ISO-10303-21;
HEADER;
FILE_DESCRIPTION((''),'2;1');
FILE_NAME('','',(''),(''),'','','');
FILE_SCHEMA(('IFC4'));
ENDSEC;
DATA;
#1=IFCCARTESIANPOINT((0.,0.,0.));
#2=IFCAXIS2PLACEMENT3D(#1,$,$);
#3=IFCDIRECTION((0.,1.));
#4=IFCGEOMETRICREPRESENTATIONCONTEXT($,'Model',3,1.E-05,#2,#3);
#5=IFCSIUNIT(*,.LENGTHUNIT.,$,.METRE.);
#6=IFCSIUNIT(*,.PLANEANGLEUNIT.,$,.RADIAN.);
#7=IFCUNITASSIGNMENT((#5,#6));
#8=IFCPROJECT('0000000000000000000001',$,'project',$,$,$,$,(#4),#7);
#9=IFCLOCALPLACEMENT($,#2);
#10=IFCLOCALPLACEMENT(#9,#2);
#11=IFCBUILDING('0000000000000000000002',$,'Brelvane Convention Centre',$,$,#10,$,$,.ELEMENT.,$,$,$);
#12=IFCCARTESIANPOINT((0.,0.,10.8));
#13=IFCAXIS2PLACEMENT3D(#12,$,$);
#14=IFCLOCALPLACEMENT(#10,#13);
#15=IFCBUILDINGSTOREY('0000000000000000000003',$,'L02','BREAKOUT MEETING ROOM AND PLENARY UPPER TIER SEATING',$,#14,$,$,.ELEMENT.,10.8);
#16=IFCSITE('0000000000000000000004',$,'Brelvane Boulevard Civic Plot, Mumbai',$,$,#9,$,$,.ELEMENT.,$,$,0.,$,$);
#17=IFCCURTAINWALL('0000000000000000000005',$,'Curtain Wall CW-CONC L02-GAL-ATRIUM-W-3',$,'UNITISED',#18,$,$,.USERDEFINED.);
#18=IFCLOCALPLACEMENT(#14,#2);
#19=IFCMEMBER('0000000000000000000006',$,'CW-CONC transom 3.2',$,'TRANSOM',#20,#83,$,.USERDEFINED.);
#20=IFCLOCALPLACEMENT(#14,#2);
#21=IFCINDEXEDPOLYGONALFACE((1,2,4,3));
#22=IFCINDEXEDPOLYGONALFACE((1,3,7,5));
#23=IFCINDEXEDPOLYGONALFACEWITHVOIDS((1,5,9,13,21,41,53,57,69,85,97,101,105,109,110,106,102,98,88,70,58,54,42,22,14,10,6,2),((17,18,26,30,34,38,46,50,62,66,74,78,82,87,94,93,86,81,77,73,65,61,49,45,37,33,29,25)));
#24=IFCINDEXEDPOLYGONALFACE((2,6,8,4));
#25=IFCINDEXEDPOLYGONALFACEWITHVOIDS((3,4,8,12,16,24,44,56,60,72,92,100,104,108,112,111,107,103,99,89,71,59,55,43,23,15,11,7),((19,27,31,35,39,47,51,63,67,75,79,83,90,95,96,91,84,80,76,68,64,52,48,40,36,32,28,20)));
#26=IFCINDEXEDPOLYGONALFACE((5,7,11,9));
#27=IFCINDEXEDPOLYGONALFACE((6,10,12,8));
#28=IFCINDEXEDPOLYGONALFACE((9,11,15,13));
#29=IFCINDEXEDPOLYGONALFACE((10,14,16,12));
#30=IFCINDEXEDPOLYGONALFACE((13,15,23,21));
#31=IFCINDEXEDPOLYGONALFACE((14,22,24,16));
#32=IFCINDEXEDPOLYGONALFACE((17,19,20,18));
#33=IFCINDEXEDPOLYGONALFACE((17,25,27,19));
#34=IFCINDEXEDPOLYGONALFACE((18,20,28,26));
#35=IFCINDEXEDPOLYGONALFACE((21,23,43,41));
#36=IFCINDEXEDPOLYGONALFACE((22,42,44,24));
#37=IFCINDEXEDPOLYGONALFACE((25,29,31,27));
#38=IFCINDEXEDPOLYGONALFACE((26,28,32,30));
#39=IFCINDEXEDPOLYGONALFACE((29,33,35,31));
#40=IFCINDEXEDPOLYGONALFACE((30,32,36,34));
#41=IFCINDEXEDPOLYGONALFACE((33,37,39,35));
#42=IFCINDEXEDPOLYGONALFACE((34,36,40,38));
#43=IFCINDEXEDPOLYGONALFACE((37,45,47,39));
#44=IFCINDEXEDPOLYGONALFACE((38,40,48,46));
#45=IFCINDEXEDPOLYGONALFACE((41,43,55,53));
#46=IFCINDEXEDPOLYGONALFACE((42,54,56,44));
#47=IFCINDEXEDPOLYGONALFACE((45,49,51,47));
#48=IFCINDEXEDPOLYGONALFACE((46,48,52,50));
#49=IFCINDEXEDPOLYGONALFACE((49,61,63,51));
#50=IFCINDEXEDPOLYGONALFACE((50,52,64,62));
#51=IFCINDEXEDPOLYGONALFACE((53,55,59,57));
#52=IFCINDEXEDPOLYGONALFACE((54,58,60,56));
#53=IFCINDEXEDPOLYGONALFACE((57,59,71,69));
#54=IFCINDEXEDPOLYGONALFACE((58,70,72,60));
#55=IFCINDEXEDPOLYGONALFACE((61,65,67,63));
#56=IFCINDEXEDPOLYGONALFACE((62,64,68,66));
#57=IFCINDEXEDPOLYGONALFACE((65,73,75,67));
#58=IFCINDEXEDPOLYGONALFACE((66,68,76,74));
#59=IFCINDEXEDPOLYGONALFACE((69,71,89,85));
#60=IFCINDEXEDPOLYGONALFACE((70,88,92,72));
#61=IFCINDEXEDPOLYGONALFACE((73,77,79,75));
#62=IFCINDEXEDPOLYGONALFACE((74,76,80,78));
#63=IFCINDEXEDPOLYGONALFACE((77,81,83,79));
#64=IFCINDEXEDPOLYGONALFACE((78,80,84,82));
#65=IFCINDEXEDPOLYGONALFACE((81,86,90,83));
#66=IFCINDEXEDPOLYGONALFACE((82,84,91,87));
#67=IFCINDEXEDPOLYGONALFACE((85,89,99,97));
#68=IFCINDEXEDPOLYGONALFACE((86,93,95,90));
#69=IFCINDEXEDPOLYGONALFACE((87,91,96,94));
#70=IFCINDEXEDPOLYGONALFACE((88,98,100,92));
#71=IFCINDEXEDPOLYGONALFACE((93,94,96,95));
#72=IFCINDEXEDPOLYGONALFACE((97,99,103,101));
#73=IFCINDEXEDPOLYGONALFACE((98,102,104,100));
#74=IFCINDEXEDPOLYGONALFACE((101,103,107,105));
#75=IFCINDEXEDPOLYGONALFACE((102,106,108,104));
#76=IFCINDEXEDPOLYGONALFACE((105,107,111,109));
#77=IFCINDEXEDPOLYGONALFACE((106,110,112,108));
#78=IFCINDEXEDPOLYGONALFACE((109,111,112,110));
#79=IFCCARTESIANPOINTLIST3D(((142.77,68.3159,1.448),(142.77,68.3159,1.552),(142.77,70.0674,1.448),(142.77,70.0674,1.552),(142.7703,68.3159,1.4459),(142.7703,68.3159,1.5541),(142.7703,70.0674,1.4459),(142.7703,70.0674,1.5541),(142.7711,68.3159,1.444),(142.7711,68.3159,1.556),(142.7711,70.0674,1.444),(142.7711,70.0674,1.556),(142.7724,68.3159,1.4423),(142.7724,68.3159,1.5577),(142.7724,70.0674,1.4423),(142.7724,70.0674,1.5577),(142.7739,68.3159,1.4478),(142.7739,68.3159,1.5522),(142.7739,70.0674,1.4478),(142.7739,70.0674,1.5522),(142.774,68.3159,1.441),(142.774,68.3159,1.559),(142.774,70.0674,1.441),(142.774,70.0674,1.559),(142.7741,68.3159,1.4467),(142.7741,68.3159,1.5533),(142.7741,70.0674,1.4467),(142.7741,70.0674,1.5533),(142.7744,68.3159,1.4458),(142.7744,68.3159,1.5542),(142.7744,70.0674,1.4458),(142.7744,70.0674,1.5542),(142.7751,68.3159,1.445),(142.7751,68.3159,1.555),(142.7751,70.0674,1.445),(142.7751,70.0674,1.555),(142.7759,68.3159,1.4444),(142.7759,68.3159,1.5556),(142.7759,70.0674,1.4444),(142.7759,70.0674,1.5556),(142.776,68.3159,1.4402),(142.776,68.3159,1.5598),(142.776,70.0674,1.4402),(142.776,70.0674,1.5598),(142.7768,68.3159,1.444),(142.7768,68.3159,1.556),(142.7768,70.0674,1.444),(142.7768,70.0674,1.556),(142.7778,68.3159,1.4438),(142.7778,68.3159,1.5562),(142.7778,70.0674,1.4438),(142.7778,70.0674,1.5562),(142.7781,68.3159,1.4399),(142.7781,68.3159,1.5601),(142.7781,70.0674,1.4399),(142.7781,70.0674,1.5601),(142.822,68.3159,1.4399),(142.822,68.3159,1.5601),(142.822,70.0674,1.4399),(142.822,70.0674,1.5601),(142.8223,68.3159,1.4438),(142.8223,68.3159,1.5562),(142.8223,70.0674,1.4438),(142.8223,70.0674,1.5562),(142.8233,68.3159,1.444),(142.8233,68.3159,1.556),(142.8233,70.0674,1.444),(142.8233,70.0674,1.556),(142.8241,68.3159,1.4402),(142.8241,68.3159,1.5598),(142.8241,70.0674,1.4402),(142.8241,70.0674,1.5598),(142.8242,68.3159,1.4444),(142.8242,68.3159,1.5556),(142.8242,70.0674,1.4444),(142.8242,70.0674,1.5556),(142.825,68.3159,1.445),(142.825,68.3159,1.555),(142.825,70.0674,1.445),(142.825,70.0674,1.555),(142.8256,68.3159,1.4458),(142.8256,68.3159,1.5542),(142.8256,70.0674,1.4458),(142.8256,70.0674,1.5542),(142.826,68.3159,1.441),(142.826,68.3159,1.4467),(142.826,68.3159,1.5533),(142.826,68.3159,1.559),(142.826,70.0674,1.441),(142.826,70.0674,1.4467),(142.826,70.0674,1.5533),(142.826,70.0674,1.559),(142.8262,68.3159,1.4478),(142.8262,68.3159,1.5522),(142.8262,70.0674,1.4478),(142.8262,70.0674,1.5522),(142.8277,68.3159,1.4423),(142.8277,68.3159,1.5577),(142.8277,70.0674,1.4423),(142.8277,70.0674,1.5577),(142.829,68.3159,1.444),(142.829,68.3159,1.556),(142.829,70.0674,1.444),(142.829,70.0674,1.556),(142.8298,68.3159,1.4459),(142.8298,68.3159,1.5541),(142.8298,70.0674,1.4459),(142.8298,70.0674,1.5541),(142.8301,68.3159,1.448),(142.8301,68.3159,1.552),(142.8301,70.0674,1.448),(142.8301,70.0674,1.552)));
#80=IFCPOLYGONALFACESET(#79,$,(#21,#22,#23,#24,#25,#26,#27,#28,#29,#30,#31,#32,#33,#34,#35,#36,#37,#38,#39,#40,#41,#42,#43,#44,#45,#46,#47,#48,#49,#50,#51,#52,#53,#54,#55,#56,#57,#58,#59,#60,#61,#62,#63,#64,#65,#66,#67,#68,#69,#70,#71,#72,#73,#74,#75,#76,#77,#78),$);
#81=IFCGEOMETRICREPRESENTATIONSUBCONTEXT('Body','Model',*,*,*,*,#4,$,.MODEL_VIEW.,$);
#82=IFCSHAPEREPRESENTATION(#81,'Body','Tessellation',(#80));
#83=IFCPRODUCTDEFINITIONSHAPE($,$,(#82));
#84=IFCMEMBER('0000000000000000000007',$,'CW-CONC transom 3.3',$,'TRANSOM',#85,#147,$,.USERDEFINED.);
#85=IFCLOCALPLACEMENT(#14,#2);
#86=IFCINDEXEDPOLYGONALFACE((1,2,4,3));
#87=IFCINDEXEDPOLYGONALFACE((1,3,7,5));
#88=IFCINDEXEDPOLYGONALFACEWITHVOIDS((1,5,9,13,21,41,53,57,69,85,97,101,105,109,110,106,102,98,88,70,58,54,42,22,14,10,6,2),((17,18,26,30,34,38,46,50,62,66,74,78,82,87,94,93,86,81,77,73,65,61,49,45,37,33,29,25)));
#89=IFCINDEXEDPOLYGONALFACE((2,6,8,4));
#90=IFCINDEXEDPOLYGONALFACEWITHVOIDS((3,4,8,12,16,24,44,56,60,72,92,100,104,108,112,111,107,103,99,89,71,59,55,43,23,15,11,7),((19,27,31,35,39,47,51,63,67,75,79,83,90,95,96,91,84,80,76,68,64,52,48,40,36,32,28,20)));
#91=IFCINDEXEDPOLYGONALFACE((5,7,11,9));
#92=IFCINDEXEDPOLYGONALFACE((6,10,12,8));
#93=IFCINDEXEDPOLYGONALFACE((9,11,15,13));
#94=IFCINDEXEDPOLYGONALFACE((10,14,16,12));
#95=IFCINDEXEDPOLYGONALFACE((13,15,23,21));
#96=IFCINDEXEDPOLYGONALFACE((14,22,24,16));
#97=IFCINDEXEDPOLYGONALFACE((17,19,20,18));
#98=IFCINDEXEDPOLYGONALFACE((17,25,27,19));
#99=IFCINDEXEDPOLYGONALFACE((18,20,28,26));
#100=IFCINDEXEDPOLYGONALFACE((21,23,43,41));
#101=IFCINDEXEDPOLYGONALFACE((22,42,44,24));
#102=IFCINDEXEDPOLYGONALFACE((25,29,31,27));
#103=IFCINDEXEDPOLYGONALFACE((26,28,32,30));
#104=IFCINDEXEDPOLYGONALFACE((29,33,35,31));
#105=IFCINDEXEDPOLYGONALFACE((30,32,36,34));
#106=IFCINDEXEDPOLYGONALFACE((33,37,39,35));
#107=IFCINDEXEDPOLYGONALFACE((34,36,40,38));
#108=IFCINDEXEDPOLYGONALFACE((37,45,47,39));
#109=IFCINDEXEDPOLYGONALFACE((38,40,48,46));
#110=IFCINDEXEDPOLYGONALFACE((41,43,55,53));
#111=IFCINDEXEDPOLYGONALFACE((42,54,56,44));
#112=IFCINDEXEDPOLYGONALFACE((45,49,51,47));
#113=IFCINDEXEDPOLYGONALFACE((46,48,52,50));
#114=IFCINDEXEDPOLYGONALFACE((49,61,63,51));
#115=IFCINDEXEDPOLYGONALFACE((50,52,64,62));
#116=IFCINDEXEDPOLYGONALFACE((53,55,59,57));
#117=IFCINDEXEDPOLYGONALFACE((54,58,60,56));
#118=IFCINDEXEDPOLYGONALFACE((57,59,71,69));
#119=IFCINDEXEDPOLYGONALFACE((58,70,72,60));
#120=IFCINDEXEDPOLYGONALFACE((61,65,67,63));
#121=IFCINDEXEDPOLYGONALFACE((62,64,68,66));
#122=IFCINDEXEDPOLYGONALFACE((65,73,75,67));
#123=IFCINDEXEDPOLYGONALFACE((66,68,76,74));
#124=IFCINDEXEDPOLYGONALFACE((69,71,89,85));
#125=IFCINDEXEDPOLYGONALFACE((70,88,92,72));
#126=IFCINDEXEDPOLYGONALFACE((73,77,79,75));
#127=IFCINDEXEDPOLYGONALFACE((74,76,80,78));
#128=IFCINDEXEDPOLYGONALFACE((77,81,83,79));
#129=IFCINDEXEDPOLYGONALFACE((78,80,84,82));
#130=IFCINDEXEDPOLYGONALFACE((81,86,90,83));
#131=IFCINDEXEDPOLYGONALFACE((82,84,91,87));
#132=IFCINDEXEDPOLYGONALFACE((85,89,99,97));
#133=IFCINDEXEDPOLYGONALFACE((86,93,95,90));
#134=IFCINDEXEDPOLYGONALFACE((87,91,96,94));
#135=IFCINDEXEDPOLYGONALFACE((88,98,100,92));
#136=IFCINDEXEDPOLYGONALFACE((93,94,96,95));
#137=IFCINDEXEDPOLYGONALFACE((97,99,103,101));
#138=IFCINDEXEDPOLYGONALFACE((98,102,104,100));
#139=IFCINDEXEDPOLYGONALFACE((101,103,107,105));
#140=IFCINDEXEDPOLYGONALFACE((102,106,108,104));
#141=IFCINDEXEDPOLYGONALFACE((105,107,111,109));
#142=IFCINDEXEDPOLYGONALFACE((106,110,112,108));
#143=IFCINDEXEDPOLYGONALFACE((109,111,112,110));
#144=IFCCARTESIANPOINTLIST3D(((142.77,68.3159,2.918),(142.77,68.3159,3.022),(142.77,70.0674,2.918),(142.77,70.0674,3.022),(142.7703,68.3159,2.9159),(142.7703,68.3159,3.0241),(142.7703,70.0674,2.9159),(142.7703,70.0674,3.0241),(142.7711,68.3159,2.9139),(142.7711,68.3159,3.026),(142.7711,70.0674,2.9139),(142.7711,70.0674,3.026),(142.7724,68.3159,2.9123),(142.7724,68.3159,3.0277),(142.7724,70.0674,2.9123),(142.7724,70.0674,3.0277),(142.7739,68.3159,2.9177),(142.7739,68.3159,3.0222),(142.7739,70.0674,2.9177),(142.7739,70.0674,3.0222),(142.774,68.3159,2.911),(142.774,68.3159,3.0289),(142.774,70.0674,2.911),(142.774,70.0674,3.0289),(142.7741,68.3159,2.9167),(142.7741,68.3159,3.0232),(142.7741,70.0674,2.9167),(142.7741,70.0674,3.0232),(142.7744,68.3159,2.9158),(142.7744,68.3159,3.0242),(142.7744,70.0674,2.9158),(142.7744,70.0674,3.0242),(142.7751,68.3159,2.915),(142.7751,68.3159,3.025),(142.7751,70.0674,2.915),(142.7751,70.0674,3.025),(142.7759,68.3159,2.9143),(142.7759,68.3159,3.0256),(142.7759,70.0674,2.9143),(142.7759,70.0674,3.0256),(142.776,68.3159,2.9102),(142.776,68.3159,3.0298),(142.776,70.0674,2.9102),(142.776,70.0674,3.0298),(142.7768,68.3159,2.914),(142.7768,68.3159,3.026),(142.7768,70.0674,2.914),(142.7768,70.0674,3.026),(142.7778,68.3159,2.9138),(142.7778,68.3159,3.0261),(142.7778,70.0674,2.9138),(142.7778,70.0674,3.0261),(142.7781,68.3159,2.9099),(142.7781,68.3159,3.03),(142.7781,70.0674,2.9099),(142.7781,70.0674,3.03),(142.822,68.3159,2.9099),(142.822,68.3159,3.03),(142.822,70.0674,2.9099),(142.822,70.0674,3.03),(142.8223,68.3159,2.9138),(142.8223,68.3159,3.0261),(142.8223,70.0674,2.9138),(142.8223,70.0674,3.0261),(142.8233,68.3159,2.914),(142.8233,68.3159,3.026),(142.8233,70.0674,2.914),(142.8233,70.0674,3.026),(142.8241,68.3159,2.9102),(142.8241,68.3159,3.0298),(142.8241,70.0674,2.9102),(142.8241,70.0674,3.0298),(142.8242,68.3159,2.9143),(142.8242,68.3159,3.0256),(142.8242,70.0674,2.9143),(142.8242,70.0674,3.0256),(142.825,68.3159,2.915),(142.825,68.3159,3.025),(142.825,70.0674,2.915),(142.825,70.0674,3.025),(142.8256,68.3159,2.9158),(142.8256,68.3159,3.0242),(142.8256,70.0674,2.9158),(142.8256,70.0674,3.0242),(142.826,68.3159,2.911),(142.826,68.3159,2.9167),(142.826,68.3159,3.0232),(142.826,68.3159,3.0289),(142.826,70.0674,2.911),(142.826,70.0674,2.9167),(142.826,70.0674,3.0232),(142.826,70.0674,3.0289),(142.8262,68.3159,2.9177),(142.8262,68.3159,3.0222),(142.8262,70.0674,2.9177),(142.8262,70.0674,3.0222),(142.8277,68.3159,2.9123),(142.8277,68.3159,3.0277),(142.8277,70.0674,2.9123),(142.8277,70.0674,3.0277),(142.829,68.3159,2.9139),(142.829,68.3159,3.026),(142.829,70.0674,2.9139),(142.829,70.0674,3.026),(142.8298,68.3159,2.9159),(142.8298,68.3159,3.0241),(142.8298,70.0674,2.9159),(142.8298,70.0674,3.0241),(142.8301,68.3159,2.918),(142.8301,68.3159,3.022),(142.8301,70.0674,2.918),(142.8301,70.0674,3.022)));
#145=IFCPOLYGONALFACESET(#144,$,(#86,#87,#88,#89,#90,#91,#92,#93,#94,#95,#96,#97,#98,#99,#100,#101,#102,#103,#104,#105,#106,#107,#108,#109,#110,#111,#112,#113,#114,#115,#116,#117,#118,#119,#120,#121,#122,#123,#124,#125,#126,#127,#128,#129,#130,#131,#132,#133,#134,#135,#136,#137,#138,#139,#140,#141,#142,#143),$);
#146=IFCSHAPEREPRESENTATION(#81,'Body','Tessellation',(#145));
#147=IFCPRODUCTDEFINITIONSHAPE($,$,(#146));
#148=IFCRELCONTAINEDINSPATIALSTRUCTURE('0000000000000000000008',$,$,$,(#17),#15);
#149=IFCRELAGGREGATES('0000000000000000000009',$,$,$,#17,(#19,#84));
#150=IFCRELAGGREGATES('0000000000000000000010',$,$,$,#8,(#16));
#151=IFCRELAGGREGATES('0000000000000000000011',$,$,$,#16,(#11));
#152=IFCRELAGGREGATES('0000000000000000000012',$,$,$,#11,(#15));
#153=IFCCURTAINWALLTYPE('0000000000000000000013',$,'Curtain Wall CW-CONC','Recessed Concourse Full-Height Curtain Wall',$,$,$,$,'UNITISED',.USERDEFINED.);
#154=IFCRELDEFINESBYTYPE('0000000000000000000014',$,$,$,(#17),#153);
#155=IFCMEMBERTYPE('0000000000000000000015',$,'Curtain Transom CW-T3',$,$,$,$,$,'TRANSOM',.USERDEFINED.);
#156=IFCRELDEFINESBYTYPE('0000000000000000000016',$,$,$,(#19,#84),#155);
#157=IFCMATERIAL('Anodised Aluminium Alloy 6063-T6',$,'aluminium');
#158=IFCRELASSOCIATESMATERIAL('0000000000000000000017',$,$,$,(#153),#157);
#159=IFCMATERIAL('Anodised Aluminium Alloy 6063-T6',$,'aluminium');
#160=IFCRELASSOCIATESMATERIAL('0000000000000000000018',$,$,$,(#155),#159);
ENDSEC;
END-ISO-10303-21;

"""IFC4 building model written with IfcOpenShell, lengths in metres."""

from ifc_helpers import new_model, si_unit, direction, frame, origin, origin_2d, place, context, subcontext, project, spatial, hollow_rectangle, extrude, material, material_profile, profile_set, type_object, element, aggregate, save


model = new_model("IFC4")

# Units and contexts
model_context = context("Model", 3, precision=1e-05, world=origin(), true_north=direction((0.0, 1.0)))
body_context = subcontext(model_context, "Body", "Model", "MODEL_VIEW")
ifc_project = project(units=[si_unit("LENGTHUNIT", "METRE"), si_unit("PLANEANGLEUNIT", "RADIAN")], contexts=[model_context])

# Site, building, storey
site_placement = place(None, origin())
site = spatial("IfcSite", under=ifc_project, at=site_placement, Name="Brelvane Boulevard Civic Plot, Mumbai", CompositionType="ELEMENT", RefElevation=0.0)
building_placement = place(site_placement, origin())
building = spatial("IfcBuilding", under=site, at=building_placement, Name="Brelvane Convention Centre", CompositionType="ELEMENT")
storey_placement = place(building_placement, frame((0.0, 0.0, 10.8)))
storey = spatial("IfcBuildingStorey", under=building, at=storey_placement, Name="L02", Description="BREAKOUT MEETING ROOM AND PLENARY UPPER TIER SEATING", CompositionType="ELEMENT", Elevation=10.8)

# Curtain wall, members
ifc_material_1 = material(Name="Anodised Aluminium Alloy 6063-T6", Category="aluminium")
curtain_wall_type = type_object("IfcCurtainWallType", Name="Curtain Wall CW-CONC", Description="Recessed Concourse Full-Height Curtain Wall", ElementType="UNITISED", PredefinedType="USERDEFINED", material=ifc_material_1)
curtain_wall_placement = place(storey_placement, origin())
curtain_wall = element("IfcCurtainWall", 1, at=curtain_wall_placement, inside=storey, type_object=curtain_wall_type, Name="Curtain Wall CW-CONC L02-GAL-ATRIUM-W-3", ObjectType="UNITISED", PredefinedType="USERDEFINED")
ifc_material_2 = material(Name="Anodised Aluminium Alloy 6063-T6", Category="aluminium")
ifc_material_profile_1 = material_profile(ifc_material_2, hollow_rectangle(XDim=0.0601, YDim=0.1201, WallThickness=0.0039, InnerFilletRadius=0.0039, OuterFilletRadius=0.0081, at=origin_2d()), Name="ALU-T 120x60x4.0")
ifc_profile_set_1 = profile_set([ifc_material_profile_1], Name="Anodised Aluminium Alloy 6063-T6")
member_type_1 = type_object("IfcMemberType", Name="Curtain Transom CW-T3", ElementType="TRANSOM", PredefinedType="USERDEFINED", material=ifc_profile_set_1)
member_1_placement = place(storey_placement, frame((142.8, 68.3159, 1.5), z_axis=(0.0, 1.0, 0.0), x_axis=(-1.0, 0.0, 0.0)))
member_1 = element("IfcMember", 2, at=member_1_placement, type_object=member_type_1, Name="CW-CONC transom 3.2", ObjectType="TRANSOM", PredefinedType="USERDEFINED", context=body_context, shape_type="SweptSolid", body=[
    extrude(hollow_rectangle(XDim=0.0601, YDim=0.1201, WallThickness=0.0039, InnerFilletRadius=0.0039, OuterFilletRadius=0.0081, at=origin_2d()), origin(), (0.0, 0.0, 1.0), 1.7515),
])
member_2_placement = place(storey_placement, frame((142.8, 68.3159, 2.97), z_axis=(0.0, 1.0, 0.0), x_axis=(-1.0, 0.0, 0.0)))
member_2 = element("IfcMember", 3, at=member_2_placement, type_object=member_type_1, Name="CW-CONC transom 3.3", ObjectType="TRANSOM", PredefinedType="USERDEFINED", context=body_context, shape_type="SweptSolid", body=[
    extrude(hollow_rectangle(XDim=0.0601, YDim=0.1201, WallThickness=0.0039, InnerFilletRadius=0.0039, OuterFilletRadius=0.0081, at=origin_2d()), origin(), (0.0, 0.0, 1.0), 1.7515),
])

aggregate(curtain_wall, [member_1, member_2])

save(model, "model.ifc")
